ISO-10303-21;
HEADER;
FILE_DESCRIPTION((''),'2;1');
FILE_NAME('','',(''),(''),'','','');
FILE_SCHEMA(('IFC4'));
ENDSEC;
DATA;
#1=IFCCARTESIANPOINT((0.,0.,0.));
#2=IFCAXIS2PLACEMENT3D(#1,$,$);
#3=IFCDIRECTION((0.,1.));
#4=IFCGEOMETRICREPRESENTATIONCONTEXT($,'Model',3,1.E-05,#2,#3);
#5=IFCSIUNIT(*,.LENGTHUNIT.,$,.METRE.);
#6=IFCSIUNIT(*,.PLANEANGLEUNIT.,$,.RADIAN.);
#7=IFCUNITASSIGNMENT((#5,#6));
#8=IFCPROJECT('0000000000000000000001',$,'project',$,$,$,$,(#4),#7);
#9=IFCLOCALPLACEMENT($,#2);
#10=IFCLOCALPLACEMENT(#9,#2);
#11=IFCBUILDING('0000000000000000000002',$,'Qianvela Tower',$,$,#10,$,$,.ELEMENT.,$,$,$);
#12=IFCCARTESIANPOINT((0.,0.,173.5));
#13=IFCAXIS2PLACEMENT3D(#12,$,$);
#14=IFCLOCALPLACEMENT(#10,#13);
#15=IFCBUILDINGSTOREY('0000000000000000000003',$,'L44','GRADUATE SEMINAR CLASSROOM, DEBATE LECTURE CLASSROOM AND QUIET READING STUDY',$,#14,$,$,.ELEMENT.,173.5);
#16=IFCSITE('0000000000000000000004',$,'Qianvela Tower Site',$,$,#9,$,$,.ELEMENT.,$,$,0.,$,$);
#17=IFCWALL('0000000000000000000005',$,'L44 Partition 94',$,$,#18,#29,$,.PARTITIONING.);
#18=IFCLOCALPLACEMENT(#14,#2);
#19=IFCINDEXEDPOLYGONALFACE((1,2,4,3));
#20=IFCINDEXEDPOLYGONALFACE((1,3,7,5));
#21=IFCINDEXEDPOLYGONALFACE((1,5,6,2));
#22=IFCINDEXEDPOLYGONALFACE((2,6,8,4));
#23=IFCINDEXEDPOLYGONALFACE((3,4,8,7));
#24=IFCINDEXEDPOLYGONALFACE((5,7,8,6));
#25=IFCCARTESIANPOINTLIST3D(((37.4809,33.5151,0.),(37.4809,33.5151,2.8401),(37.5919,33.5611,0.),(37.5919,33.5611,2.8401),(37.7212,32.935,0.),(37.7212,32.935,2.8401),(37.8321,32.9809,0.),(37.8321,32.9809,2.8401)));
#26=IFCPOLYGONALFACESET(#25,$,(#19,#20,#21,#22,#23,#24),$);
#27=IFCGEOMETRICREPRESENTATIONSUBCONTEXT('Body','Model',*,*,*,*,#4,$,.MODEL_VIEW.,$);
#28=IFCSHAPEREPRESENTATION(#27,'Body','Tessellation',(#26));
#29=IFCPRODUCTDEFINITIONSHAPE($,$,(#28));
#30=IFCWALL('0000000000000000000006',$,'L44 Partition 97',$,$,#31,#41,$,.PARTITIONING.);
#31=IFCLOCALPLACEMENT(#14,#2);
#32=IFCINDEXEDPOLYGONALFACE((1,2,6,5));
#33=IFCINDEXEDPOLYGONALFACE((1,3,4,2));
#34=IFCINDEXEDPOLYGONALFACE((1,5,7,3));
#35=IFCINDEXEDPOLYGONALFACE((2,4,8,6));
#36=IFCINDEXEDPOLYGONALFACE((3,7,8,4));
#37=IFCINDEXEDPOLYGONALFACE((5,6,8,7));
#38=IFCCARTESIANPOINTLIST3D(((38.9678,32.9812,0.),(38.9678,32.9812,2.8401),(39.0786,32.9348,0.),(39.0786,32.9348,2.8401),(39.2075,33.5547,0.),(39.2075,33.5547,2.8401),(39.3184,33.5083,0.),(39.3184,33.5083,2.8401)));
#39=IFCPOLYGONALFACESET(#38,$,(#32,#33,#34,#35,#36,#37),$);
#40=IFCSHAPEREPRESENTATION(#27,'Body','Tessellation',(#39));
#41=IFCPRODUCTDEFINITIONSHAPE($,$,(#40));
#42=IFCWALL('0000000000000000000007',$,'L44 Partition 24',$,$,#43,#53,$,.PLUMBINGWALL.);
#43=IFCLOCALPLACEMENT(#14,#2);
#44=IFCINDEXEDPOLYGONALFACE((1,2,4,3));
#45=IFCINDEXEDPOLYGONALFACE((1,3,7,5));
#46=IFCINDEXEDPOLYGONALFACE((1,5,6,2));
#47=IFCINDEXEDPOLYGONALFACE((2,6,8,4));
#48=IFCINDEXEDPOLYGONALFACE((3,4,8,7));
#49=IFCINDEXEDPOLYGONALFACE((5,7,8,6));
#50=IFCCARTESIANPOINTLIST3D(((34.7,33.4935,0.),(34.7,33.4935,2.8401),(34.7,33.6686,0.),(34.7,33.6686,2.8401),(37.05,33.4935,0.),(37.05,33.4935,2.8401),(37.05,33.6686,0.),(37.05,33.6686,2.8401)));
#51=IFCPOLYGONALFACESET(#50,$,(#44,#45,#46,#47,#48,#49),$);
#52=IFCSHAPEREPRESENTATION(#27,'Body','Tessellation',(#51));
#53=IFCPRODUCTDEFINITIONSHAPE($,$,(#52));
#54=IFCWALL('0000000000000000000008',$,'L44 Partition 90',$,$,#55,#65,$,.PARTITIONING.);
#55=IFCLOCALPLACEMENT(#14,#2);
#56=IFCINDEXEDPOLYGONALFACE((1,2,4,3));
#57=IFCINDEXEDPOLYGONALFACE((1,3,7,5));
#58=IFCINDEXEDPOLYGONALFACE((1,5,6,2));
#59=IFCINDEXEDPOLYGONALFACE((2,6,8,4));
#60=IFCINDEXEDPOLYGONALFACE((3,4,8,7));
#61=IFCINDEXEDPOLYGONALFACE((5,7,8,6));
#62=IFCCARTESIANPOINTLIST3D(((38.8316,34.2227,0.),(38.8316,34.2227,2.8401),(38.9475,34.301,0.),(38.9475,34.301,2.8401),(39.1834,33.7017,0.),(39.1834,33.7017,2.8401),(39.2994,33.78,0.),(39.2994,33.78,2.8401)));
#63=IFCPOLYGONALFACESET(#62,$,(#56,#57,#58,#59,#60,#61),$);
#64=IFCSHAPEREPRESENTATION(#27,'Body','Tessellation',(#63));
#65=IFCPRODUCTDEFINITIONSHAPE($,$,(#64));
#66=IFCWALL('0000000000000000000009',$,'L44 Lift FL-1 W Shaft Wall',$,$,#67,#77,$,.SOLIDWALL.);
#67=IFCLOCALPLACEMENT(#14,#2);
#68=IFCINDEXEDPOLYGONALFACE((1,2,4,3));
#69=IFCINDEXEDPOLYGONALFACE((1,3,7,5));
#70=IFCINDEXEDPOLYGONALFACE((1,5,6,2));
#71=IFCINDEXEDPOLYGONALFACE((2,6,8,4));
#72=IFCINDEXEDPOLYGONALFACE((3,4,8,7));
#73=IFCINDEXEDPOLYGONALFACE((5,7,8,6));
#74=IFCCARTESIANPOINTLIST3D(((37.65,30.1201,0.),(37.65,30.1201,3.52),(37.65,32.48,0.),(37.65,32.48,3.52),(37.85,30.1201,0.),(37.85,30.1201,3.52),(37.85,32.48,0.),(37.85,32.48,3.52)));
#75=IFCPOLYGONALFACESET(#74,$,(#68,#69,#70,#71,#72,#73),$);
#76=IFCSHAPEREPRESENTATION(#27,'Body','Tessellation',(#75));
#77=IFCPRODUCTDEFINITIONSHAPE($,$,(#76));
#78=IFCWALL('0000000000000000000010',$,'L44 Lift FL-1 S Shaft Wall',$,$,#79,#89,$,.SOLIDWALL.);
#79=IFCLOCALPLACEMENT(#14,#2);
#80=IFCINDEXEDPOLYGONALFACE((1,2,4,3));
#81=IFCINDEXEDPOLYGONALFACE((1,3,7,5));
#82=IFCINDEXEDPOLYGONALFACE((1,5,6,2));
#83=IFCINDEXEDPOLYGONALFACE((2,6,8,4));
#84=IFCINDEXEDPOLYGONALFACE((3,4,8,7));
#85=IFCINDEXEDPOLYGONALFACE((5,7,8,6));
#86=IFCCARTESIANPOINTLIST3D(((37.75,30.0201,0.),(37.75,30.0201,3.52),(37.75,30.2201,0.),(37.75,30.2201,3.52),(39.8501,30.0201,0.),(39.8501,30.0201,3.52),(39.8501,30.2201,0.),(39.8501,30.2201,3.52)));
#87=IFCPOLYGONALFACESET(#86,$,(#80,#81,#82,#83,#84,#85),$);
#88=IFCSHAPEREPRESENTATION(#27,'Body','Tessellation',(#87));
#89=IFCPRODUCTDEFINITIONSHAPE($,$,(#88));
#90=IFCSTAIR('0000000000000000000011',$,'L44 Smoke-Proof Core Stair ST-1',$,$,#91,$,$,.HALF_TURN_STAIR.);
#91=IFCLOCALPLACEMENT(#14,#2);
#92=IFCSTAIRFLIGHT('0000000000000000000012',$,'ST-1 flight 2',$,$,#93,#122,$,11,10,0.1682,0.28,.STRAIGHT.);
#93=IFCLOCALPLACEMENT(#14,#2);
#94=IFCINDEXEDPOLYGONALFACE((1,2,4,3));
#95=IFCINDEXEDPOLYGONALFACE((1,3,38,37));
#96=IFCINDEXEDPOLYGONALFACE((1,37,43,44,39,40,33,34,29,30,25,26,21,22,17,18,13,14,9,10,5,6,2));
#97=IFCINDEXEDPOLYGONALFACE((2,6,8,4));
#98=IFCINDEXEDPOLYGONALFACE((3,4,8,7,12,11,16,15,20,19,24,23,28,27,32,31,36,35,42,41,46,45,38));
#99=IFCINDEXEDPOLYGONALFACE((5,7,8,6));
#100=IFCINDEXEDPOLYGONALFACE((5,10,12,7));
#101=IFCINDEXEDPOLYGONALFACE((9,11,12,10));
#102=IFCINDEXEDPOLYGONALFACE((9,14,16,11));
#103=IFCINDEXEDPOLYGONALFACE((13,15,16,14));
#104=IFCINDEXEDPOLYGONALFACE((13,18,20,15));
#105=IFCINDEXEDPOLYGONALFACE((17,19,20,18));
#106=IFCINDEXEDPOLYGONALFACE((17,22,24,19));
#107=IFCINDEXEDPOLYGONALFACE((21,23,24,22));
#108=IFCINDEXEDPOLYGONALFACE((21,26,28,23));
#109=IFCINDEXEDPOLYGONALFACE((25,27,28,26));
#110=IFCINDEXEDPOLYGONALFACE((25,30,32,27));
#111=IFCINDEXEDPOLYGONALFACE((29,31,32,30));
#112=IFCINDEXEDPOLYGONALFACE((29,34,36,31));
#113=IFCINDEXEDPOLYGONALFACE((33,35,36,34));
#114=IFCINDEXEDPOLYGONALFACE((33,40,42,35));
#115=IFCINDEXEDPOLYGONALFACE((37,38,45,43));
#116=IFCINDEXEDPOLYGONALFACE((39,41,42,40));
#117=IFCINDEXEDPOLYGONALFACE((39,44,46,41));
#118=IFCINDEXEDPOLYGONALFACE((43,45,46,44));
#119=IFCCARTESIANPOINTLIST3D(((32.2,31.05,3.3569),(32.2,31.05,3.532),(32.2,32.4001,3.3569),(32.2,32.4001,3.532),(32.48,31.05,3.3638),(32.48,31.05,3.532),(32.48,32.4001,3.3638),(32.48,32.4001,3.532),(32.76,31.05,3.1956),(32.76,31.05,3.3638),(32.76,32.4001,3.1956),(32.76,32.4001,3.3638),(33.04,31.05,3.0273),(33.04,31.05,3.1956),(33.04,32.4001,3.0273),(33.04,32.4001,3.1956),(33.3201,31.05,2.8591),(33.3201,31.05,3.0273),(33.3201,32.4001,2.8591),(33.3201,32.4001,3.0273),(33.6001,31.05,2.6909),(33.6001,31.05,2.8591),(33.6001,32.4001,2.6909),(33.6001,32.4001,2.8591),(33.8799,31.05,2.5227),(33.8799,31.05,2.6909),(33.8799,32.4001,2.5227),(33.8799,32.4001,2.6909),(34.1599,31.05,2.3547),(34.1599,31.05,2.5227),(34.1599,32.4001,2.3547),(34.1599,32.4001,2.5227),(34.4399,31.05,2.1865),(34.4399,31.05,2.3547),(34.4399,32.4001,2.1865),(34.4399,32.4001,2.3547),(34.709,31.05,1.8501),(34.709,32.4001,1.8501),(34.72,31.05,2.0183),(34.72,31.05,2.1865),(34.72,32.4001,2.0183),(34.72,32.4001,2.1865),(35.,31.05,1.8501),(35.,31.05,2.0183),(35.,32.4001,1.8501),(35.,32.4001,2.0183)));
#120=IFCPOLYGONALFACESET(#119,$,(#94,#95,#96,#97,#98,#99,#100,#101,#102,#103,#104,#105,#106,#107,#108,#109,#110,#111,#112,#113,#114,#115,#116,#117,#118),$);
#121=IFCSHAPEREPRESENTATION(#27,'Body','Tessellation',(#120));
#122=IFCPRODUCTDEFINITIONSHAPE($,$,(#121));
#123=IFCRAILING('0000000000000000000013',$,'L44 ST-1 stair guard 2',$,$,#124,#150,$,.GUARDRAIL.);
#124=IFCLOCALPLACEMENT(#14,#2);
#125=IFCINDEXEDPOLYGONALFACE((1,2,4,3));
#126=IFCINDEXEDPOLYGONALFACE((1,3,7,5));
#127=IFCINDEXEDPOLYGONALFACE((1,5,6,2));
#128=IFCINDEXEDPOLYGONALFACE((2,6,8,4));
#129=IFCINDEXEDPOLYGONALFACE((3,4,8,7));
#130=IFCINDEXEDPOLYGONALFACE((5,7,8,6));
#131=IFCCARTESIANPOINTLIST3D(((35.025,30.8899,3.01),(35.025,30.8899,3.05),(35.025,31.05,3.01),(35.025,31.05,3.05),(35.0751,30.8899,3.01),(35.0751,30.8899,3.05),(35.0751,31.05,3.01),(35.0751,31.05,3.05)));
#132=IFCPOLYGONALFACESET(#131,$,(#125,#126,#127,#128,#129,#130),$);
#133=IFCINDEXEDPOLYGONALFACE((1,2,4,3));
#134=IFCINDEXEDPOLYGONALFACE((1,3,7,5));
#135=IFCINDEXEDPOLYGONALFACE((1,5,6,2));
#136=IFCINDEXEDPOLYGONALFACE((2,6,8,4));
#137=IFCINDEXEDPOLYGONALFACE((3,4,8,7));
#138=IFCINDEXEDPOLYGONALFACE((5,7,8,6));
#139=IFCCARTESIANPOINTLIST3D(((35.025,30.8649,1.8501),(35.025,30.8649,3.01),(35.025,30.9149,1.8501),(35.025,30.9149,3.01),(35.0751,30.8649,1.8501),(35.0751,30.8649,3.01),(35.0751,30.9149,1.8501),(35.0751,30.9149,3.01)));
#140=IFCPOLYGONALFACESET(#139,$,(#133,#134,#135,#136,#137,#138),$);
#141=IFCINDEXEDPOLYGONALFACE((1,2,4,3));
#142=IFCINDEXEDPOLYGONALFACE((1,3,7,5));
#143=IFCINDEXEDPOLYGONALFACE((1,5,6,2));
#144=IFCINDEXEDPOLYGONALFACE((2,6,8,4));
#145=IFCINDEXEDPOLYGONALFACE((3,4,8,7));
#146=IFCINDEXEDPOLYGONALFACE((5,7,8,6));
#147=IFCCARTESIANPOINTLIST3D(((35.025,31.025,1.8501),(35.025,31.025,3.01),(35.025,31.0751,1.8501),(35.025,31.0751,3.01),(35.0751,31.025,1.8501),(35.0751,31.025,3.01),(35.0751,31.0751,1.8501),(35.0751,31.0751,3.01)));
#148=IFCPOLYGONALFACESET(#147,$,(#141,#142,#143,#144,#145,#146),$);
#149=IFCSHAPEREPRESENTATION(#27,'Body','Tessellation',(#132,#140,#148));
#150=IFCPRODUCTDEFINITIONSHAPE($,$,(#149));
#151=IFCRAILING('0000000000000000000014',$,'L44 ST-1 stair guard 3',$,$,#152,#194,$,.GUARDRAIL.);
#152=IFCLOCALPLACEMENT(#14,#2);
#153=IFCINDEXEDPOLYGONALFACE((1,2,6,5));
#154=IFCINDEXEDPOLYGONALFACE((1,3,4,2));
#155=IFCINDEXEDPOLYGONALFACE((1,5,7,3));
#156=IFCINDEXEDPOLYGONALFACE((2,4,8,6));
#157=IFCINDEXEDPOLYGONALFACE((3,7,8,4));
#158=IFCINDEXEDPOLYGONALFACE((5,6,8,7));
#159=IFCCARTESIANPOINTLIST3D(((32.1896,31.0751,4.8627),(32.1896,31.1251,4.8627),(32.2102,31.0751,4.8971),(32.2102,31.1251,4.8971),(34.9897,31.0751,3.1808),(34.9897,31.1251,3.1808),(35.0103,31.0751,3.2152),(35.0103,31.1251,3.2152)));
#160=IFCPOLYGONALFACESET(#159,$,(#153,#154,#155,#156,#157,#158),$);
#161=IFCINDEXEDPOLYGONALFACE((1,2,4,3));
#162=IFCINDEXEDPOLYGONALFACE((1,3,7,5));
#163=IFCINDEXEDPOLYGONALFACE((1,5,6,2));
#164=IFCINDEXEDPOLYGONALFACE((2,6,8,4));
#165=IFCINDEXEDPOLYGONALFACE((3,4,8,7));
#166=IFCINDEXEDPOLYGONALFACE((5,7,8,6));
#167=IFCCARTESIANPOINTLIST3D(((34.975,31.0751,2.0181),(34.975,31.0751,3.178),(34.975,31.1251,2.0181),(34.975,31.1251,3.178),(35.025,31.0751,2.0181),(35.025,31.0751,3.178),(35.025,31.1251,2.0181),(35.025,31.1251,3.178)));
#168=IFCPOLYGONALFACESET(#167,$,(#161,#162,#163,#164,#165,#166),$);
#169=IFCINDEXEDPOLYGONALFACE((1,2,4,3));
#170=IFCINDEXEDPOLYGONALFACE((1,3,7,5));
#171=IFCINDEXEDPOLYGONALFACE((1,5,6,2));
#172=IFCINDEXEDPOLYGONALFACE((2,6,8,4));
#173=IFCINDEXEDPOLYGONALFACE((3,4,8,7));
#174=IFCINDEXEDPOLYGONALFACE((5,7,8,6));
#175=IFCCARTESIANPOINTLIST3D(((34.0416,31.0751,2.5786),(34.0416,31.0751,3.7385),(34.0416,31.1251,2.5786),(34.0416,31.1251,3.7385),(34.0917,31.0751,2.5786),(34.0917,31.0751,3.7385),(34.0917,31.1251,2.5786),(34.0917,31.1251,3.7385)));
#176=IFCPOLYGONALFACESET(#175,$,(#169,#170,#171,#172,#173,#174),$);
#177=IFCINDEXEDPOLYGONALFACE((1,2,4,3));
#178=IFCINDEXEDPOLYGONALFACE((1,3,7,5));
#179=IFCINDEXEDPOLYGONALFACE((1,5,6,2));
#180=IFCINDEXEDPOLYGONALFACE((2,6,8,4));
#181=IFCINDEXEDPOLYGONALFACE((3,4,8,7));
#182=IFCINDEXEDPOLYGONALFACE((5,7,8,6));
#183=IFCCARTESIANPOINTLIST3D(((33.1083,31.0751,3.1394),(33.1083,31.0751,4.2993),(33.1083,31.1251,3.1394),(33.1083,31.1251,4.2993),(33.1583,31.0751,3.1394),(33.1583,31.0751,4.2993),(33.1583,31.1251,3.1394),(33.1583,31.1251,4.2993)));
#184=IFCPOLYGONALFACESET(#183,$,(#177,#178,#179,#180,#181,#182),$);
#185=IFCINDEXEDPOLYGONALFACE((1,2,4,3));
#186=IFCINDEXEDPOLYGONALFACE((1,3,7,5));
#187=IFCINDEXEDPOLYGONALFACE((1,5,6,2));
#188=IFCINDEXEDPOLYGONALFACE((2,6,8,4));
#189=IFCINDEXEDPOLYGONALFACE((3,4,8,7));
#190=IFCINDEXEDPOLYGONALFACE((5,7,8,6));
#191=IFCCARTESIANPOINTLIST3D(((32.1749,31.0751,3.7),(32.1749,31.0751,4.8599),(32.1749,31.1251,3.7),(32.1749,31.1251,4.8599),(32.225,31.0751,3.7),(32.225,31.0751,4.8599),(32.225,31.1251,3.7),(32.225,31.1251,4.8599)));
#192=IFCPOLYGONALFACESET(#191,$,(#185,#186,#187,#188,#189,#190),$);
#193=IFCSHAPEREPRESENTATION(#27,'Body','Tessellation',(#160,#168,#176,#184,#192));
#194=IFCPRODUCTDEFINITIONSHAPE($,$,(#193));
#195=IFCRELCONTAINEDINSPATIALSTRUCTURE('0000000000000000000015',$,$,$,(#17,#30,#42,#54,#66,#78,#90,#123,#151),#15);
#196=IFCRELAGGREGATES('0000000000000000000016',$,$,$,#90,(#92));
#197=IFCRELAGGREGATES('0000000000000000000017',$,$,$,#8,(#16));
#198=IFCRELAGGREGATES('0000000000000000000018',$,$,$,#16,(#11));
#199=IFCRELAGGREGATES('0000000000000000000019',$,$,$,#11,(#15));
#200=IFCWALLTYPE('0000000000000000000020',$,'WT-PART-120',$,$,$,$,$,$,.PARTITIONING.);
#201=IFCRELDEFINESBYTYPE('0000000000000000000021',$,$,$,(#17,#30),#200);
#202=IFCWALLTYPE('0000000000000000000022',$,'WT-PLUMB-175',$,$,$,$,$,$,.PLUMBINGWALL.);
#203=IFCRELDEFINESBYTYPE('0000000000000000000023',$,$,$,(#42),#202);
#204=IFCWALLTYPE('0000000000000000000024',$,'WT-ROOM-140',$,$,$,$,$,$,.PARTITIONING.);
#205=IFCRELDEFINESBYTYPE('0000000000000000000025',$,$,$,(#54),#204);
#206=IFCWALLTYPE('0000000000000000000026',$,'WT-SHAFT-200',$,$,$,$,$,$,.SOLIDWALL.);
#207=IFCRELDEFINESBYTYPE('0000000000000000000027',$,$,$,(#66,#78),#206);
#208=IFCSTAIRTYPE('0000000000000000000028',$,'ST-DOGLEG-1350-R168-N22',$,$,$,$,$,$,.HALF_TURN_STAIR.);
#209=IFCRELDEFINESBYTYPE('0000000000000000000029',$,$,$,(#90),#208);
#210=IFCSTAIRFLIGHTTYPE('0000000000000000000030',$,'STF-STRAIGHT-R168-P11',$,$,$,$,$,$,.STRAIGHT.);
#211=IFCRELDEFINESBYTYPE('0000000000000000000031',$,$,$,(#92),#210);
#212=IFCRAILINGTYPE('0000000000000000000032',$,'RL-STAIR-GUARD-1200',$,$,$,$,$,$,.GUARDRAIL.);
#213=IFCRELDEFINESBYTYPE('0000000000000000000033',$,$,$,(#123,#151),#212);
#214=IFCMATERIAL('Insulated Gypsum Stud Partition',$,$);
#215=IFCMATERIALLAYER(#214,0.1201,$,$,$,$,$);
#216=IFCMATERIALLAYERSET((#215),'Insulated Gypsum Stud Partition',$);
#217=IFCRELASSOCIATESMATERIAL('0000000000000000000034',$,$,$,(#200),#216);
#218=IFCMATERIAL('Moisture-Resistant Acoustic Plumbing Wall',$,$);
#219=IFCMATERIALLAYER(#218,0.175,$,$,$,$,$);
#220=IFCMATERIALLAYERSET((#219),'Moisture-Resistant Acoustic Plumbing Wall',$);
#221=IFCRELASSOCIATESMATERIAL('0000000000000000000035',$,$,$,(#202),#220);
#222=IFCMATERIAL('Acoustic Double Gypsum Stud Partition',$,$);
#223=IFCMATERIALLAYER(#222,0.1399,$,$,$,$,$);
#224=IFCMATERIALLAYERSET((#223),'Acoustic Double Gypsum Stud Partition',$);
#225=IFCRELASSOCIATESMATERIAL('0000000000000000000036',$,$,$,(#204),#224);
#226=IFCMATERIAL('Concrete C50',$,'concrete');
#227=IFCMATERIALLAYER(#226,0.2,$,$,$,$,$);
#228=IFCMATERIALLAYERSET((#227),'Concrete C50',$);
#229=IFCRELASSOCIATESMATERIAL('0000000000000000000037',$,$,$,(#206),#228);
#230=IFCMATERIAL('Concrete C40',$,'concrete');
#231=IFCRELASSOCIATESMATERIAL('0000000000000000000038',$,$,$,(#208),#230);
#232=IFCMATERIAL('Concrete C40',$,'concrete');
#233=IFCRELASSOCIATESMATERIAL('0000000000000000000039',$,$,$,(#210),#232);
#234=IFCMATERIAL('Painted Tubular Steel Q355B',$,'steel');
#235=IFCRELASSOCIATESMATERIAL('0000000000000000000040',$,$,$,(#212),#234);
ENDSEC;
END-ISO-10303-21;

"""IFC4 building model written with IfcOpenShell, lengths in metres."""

from ifc_helpers import new_model, si_unit, direction, frame, frame_2d, origin, origin_2d, place, context, subcontext, project, spatial, polyline, rectangle, outline, extrude, material, layer, layer_set, type_object, element, aggregate, save


model = new_model("IFC4")

# Units and contexts
model_context = context("Model", 3, precision=1e-05, world=origin(), true_north=direction((0.0, 1.0)))
body_context = subcontext(model_context, "Body", "Model", "MODEL_VIEW")
ifc_project = project(units=[si_unit("LENGTHUNIT", "METRE"), si_unit("PLANEANGLEUNIT", "RADIAN")], contexts=[model_context])

# Site, building, storey
site_placement = place(None, origin())
site = spatial("IfcSite", under=ifc_project, at=site_placement, Name="Qianvela Tower Site", CompositionType="ELEMENT", RefElevation=0.0)
building_placement = place(site_placement, origin())
building = spatial("IfcBuilding", under=site, at=building_placement, Name="Qianvela Tower", CompositionType="ELEMENT")
storey_placement = place(building_placement, frame((0.0, 0.0, 173.5)))
storey = spatial("IfcBuildingStorey", under=building, at=storey_placement, Name="L44", Description="GRADUATE SEMINAR CLASSROOM, DEBATE LECTURE CLASSROOM AND QUIET READING STUDY", CompositionType="ELEMENT", Elevation=173.5)

# Walls
ifc_material_1 = material(Name="Insulated Gypsum Stud Partition")
ifc_layer_1 = layer(ifc_material_1, 0.1201)
ifc_layer_set_1 = layer_set([ifc_layer_1], Name="Insulated Gypsum Stud Partition")
wall_type_1 = type_object("IfcWallType", Name="WT-PART-120", PredefinedType="PARTITIONING", material=ifc_layer_set_1)
wall_1_placement = place(storey_placement, frame((37.5364, 33.5381, 0.0), z_axis=(0.0, 0.0, 1.0), x_axis=(0.382627, -0.923903, 0.0)))
element("IfcWall", 1, at=wall_1_placement, inside=storey, type_object=wall_type_1, Name="L44 Partition 94", PredefinedType="PARTITIONING", context=body_context, shape_type="SweptSolid", body=[
    extrude(rectangle(XDim=0.6279, YDim=0.1201, at=frame_2d((0.314, 0.0))), origin(), (0.0, 0.0, 1.0), 2.8401),
])
wall_2_placement = place(storey_placement, frame((39.0232, 32.958, 0.0), z_axis=(0.0, 0.0, 1.0), x_axis=(0.385703, 0.922623, 0.0)))
element("IfcWall", 2, at=wall_2_placement, inside=storey, type_object=wall_type_1, Name="L44 Partition 97", PredefinedType="PARTITIONING", context=body_context, shape_type="SweptSolid", body=[
    extrude(rectangle(XDim=0.6216, YDim=0.1201, at=frame_2d((0.3108, 0.0))), origin(), (0.0, 0.0, 1.0), 2.8401),
])
ifc_material_2 = material(Name="Moisture-Resistant Acoustic Plumbing Wall")
ifc_layer_2 = layer(ifc_material_2, 0.175)
ifc_layer_set_2 = layer_set([ifc_layer_2], Name="Moisture-Resistant Acoustic Plumbing Wall")
wall_type_2 = type_object("IfcWallType", Name="WT-PLUMB-175", PredefinedType="PLUMBINGWALL", material=ifc_layer_set_2)
wall_3_placement = place(storey_placement, frame((37.05, 33.5811, 0.0), z_axis=(0.0, 0.0, 1.0), x_axis=(-1.0, 0.0, 0.0)))
element("IfcWall", 3, at=wall_3_placement, inside=storey, type_object=wall_type_2, Name="L44 Partition 24", PredefinedType="PLUMBINGWALL", context=body_context, shape_type="SweptSolid", body=[
    extrude(rectangle(XDim=2.3501, YDim=0.175, at=frame_2d((1.175, 0.0))), origin(), (0.0, 0.0, 1.0), 2.8401),
])
ifc_material_3 = material(Name="Acoustic Double Gypsum Stud Partition")
ifc_layer_3 = layer(ifc_material_3, 0.1399)
ifc_layer_set_3 = layer_set([ifc_layer_3], Name="Acoustic Double Gypsum Stud Partition")
wall_type_3 = type_object("IfcWallType", Name="WT-ROOM-140", PredefinedType="PARTITIONING", material=ifc_layer_set_3)
wall_4_placement = place(storey_placement, frame((39.2415, 33.7407, 0.0), z_axis=(0.0, 0.0, 1.0), x_axis=(-0.55962, 0.82875, 0.0)))
element("IfcWall", 4, at=wall_4_placement, inside=storey, type_object=wall_type_3, Name="L44 Partition 90", PredefinedType="PARTITIONING", context=body_context, shape_type="SweptSolid", body=[
    extrude(rectangle(XDim=0.6287, YDim=0.1399, at=frame_2d((0.3145, 0.0))), origin(), (0.0, 0.0, 1.0), 2.8401),
])

# Shared definitions
ifc_material_4 = material(Name="Concrete C50", Category="concrete")
ifc_layer_4 = layer(ifc_material_4, 0.2)
ifc_layer_set_4 = layer_set([ifc_layer_4], Name="Concrete C50")
wall_type_4 = type_object("IfcWallType", Name="WT-SHAFT-200", PredefinedType="SOLIDWALL", material=ifc_layer_set_4)

# Walls
wall_5_placement = place(storey_placement, frame((37.75, 30.1201, 0.0), z_axis=(0.0, 0.0, 1.0), x_axis=(0.0, 1.0, 0.0)))
element("IfcWall", 5, at=wall_5_placement, inside=storey, type_object=wall_type_4, Name="L44 Lift FL-1 W Shaft Wall", PredefinedType="SOLIDWALL", context=body_context, shape_type="SweptSolid", body=[
    extrude(rectangle(XDim=2.3599, YDim=0.2, at=frame_2d((1.1799, 0.0))), origin(), (0.0, 0.0, 1.0), 3.52),
])
wall_6_placement = place(storey_placement, frame((37.75, 30.1201, 0.0), z_axis=(0.0, 0.0, 1.0), x_axis=(1.0, 0.0, 0.0)))
element("IfcWall", 6, at=wall_6_placement, inside=storey, type_object=wall_type_4, Name="L44 Lift FL-1 S Shaft Wall", PredefinedType="SOLIDWALL", context=body_context, shape_type="SweptSolid", body=[
    extrude(rectangle(XDim=2.1001, YDim=0.2, at=frame_2d((1.05, 0.0))), origin(), (0.0, 0.0, 1.0), 3.52),
])

# Stair, stair flight
ifc_material_5 = material(Name="Concrete C40", Category="concrete")
stair_type = type_object("IfcStairType", Name="ST-DOGLEG-1350-R168-N22", PredefinedType="HALF_TURN_STAIR", material=ifc_material_5)
stair_placement = place(storey_placement, origin())
stair = element("IfcStair", 7, at=stair_placement, inside=storey, type_object=stair_type, Name="L44 Smoke-Proof Core Stair ST-1", PredefinedType="HALF_TURN_STAIR")
ifc_material_6 = material(Name="Concrete C40", Category="concrete")
stair_flight_type = type_object("IfcStairFlightType", Name="STF-STRAIGHT-R168-P11", PredefinedType="STRAIGHT", material=ifc_material_6)
stair_flight_placement = place(storey_placement, frame((35.0, 31.7251, 1.8501), z_axis=(0.0, 0.0, 1.0), x_axis=(-1.0, 0.0, 0.0)))
stair_flight = element("IfcStairFlight", 8, at=stair_flight_placement, type_object=stair_flight_type, Name="ST-1 flight 2", NumberOfRisers=11, NumberOfTreads=10, PredefinedType="STRAIGHT", RiserHeight=0.1682, TreadLength=0.28, context=body_context, shape_type="SweptSolid", body=[
    extrude(outline(polyline([(0.0, 0.0), (0.0, 0.1682), (0.28, 0.1682), (0.28, 0.3364), (0.5601, 0.3364), (0.5601, 0.5046), (0.8401, 0.5046), (0.8401, 0.6726), (1.1201, 0.6726), (1.1201, 0.8408), (1.3999, 0.8408), (1.3999, 1.009), (1.6799, 1.009), (1.6799, 1.1772), (1.96, 1.1772), (1.96, 1.3455), (2.24, 1.3455), (2.24, 1.5137), (2.52, 1.5137), (2.52, 1.6819), (2.8, 1.6819), (2.8, 1.8501), (2.8, 1.5068), (0.291, 0.0), (0.0, 0.0)])), frame((0.0, 0.675, 0.0), z_axis=(0.0, -1.0, 0.0), x_axis=(1.0, 0.0, 0.0)), (0.0, 0.0, 1.0), 1.3501),
])
aggregate(stair, [stair_flight])

# Railings
ifc_material_7 = material(Name="Painted Tubular Steel Q355B", Category="steel")
railing_type_1 = type_object("IfcRailingType", Name="RL-STAIR-GUARD-1200", PredefinedType="GUARDRAIL", material=ifc_material_7)
railing_1_placement = place(storey_placement, frame((35.05, 30.8899, 1.8501)))
element("IfcRailing", 9, at=railing_1_placement, inside=storey, type_object=railing_type_1, Name="L44 ST-1 stair guard 2", PredefinedType="GUARDRAIL", context=body_context, shape_type="SweptSolid", body=[
    extrude(rectangle(XDim=0.05, YDim=0.04, at=origin_2d()), frame((0.0, 0.0, 1.1799), z_axis=(0.0, 1.0, 0.0), x_axis=(-1.0, 0.0, 0.0)), (0.0, 0.0, 1.0), 0.1602),
    extrude(rectangle(XDim=0.05, YDim=0.05, at=origin_2d()), origin(), (0.0, 0.0, 1.0), 1.1599),
    extrude(rectangle(XDim=0.05, YDim=0.05, at=origin_2d()), frame((0.0, 0.1602, 0.0)), (0.0, 0.0, 1.0), 1.1599),
])
railing_2_placement = place(storey_placement, frame((35.0, 31.1001, 2.0181)))
element("IfcRailing", 10, at=railing_2_placement, inside=storey, type_object=railing_type_1, Name="L44 ST-1 stair guard 3", PredefinedType="GUARDRAIL", context=body_context, shape_type="SweptSolid", body=[
    extrude(rectangle(XDim=0.05, YDim=0.04, at=origin_2d()), frame((0.0, 0.0, 1.1799), z_axis=(-0.857242, 0.0, 0.514913), x_axis=(0.0, -1.0, 0.0)), (0.0, 0.0, 1.0), 3.2664),
    extrude(rectangle(XDim=0.05, YDim=0.05, at=origin_2d()), origin(), (0.0, 0.0, 1.0), 1.1599),
    extrude(rectangle(XDim=0.05, YDim=0.05, at=origin_2d()), frame((-0.9333, 0.0, 0.5605)), (0.0, 0.0, 1.0), 1.1599),
    extrude(rectangle(XDim=0.05, YDim=0.05, at=origin_2d()), frame((-1.8667, 0.0, 1.1213)), (0.0, 0.0, 1.0), 1.1599),
    extrude(rectangle(XDim=0.05, YDim=0.05, at=origin_2d()), frame((-2.8, 0.0, 1.6819)), (0.0, 0.0, 1.0), 1.1599),
])

save(model, "model.ifc")
